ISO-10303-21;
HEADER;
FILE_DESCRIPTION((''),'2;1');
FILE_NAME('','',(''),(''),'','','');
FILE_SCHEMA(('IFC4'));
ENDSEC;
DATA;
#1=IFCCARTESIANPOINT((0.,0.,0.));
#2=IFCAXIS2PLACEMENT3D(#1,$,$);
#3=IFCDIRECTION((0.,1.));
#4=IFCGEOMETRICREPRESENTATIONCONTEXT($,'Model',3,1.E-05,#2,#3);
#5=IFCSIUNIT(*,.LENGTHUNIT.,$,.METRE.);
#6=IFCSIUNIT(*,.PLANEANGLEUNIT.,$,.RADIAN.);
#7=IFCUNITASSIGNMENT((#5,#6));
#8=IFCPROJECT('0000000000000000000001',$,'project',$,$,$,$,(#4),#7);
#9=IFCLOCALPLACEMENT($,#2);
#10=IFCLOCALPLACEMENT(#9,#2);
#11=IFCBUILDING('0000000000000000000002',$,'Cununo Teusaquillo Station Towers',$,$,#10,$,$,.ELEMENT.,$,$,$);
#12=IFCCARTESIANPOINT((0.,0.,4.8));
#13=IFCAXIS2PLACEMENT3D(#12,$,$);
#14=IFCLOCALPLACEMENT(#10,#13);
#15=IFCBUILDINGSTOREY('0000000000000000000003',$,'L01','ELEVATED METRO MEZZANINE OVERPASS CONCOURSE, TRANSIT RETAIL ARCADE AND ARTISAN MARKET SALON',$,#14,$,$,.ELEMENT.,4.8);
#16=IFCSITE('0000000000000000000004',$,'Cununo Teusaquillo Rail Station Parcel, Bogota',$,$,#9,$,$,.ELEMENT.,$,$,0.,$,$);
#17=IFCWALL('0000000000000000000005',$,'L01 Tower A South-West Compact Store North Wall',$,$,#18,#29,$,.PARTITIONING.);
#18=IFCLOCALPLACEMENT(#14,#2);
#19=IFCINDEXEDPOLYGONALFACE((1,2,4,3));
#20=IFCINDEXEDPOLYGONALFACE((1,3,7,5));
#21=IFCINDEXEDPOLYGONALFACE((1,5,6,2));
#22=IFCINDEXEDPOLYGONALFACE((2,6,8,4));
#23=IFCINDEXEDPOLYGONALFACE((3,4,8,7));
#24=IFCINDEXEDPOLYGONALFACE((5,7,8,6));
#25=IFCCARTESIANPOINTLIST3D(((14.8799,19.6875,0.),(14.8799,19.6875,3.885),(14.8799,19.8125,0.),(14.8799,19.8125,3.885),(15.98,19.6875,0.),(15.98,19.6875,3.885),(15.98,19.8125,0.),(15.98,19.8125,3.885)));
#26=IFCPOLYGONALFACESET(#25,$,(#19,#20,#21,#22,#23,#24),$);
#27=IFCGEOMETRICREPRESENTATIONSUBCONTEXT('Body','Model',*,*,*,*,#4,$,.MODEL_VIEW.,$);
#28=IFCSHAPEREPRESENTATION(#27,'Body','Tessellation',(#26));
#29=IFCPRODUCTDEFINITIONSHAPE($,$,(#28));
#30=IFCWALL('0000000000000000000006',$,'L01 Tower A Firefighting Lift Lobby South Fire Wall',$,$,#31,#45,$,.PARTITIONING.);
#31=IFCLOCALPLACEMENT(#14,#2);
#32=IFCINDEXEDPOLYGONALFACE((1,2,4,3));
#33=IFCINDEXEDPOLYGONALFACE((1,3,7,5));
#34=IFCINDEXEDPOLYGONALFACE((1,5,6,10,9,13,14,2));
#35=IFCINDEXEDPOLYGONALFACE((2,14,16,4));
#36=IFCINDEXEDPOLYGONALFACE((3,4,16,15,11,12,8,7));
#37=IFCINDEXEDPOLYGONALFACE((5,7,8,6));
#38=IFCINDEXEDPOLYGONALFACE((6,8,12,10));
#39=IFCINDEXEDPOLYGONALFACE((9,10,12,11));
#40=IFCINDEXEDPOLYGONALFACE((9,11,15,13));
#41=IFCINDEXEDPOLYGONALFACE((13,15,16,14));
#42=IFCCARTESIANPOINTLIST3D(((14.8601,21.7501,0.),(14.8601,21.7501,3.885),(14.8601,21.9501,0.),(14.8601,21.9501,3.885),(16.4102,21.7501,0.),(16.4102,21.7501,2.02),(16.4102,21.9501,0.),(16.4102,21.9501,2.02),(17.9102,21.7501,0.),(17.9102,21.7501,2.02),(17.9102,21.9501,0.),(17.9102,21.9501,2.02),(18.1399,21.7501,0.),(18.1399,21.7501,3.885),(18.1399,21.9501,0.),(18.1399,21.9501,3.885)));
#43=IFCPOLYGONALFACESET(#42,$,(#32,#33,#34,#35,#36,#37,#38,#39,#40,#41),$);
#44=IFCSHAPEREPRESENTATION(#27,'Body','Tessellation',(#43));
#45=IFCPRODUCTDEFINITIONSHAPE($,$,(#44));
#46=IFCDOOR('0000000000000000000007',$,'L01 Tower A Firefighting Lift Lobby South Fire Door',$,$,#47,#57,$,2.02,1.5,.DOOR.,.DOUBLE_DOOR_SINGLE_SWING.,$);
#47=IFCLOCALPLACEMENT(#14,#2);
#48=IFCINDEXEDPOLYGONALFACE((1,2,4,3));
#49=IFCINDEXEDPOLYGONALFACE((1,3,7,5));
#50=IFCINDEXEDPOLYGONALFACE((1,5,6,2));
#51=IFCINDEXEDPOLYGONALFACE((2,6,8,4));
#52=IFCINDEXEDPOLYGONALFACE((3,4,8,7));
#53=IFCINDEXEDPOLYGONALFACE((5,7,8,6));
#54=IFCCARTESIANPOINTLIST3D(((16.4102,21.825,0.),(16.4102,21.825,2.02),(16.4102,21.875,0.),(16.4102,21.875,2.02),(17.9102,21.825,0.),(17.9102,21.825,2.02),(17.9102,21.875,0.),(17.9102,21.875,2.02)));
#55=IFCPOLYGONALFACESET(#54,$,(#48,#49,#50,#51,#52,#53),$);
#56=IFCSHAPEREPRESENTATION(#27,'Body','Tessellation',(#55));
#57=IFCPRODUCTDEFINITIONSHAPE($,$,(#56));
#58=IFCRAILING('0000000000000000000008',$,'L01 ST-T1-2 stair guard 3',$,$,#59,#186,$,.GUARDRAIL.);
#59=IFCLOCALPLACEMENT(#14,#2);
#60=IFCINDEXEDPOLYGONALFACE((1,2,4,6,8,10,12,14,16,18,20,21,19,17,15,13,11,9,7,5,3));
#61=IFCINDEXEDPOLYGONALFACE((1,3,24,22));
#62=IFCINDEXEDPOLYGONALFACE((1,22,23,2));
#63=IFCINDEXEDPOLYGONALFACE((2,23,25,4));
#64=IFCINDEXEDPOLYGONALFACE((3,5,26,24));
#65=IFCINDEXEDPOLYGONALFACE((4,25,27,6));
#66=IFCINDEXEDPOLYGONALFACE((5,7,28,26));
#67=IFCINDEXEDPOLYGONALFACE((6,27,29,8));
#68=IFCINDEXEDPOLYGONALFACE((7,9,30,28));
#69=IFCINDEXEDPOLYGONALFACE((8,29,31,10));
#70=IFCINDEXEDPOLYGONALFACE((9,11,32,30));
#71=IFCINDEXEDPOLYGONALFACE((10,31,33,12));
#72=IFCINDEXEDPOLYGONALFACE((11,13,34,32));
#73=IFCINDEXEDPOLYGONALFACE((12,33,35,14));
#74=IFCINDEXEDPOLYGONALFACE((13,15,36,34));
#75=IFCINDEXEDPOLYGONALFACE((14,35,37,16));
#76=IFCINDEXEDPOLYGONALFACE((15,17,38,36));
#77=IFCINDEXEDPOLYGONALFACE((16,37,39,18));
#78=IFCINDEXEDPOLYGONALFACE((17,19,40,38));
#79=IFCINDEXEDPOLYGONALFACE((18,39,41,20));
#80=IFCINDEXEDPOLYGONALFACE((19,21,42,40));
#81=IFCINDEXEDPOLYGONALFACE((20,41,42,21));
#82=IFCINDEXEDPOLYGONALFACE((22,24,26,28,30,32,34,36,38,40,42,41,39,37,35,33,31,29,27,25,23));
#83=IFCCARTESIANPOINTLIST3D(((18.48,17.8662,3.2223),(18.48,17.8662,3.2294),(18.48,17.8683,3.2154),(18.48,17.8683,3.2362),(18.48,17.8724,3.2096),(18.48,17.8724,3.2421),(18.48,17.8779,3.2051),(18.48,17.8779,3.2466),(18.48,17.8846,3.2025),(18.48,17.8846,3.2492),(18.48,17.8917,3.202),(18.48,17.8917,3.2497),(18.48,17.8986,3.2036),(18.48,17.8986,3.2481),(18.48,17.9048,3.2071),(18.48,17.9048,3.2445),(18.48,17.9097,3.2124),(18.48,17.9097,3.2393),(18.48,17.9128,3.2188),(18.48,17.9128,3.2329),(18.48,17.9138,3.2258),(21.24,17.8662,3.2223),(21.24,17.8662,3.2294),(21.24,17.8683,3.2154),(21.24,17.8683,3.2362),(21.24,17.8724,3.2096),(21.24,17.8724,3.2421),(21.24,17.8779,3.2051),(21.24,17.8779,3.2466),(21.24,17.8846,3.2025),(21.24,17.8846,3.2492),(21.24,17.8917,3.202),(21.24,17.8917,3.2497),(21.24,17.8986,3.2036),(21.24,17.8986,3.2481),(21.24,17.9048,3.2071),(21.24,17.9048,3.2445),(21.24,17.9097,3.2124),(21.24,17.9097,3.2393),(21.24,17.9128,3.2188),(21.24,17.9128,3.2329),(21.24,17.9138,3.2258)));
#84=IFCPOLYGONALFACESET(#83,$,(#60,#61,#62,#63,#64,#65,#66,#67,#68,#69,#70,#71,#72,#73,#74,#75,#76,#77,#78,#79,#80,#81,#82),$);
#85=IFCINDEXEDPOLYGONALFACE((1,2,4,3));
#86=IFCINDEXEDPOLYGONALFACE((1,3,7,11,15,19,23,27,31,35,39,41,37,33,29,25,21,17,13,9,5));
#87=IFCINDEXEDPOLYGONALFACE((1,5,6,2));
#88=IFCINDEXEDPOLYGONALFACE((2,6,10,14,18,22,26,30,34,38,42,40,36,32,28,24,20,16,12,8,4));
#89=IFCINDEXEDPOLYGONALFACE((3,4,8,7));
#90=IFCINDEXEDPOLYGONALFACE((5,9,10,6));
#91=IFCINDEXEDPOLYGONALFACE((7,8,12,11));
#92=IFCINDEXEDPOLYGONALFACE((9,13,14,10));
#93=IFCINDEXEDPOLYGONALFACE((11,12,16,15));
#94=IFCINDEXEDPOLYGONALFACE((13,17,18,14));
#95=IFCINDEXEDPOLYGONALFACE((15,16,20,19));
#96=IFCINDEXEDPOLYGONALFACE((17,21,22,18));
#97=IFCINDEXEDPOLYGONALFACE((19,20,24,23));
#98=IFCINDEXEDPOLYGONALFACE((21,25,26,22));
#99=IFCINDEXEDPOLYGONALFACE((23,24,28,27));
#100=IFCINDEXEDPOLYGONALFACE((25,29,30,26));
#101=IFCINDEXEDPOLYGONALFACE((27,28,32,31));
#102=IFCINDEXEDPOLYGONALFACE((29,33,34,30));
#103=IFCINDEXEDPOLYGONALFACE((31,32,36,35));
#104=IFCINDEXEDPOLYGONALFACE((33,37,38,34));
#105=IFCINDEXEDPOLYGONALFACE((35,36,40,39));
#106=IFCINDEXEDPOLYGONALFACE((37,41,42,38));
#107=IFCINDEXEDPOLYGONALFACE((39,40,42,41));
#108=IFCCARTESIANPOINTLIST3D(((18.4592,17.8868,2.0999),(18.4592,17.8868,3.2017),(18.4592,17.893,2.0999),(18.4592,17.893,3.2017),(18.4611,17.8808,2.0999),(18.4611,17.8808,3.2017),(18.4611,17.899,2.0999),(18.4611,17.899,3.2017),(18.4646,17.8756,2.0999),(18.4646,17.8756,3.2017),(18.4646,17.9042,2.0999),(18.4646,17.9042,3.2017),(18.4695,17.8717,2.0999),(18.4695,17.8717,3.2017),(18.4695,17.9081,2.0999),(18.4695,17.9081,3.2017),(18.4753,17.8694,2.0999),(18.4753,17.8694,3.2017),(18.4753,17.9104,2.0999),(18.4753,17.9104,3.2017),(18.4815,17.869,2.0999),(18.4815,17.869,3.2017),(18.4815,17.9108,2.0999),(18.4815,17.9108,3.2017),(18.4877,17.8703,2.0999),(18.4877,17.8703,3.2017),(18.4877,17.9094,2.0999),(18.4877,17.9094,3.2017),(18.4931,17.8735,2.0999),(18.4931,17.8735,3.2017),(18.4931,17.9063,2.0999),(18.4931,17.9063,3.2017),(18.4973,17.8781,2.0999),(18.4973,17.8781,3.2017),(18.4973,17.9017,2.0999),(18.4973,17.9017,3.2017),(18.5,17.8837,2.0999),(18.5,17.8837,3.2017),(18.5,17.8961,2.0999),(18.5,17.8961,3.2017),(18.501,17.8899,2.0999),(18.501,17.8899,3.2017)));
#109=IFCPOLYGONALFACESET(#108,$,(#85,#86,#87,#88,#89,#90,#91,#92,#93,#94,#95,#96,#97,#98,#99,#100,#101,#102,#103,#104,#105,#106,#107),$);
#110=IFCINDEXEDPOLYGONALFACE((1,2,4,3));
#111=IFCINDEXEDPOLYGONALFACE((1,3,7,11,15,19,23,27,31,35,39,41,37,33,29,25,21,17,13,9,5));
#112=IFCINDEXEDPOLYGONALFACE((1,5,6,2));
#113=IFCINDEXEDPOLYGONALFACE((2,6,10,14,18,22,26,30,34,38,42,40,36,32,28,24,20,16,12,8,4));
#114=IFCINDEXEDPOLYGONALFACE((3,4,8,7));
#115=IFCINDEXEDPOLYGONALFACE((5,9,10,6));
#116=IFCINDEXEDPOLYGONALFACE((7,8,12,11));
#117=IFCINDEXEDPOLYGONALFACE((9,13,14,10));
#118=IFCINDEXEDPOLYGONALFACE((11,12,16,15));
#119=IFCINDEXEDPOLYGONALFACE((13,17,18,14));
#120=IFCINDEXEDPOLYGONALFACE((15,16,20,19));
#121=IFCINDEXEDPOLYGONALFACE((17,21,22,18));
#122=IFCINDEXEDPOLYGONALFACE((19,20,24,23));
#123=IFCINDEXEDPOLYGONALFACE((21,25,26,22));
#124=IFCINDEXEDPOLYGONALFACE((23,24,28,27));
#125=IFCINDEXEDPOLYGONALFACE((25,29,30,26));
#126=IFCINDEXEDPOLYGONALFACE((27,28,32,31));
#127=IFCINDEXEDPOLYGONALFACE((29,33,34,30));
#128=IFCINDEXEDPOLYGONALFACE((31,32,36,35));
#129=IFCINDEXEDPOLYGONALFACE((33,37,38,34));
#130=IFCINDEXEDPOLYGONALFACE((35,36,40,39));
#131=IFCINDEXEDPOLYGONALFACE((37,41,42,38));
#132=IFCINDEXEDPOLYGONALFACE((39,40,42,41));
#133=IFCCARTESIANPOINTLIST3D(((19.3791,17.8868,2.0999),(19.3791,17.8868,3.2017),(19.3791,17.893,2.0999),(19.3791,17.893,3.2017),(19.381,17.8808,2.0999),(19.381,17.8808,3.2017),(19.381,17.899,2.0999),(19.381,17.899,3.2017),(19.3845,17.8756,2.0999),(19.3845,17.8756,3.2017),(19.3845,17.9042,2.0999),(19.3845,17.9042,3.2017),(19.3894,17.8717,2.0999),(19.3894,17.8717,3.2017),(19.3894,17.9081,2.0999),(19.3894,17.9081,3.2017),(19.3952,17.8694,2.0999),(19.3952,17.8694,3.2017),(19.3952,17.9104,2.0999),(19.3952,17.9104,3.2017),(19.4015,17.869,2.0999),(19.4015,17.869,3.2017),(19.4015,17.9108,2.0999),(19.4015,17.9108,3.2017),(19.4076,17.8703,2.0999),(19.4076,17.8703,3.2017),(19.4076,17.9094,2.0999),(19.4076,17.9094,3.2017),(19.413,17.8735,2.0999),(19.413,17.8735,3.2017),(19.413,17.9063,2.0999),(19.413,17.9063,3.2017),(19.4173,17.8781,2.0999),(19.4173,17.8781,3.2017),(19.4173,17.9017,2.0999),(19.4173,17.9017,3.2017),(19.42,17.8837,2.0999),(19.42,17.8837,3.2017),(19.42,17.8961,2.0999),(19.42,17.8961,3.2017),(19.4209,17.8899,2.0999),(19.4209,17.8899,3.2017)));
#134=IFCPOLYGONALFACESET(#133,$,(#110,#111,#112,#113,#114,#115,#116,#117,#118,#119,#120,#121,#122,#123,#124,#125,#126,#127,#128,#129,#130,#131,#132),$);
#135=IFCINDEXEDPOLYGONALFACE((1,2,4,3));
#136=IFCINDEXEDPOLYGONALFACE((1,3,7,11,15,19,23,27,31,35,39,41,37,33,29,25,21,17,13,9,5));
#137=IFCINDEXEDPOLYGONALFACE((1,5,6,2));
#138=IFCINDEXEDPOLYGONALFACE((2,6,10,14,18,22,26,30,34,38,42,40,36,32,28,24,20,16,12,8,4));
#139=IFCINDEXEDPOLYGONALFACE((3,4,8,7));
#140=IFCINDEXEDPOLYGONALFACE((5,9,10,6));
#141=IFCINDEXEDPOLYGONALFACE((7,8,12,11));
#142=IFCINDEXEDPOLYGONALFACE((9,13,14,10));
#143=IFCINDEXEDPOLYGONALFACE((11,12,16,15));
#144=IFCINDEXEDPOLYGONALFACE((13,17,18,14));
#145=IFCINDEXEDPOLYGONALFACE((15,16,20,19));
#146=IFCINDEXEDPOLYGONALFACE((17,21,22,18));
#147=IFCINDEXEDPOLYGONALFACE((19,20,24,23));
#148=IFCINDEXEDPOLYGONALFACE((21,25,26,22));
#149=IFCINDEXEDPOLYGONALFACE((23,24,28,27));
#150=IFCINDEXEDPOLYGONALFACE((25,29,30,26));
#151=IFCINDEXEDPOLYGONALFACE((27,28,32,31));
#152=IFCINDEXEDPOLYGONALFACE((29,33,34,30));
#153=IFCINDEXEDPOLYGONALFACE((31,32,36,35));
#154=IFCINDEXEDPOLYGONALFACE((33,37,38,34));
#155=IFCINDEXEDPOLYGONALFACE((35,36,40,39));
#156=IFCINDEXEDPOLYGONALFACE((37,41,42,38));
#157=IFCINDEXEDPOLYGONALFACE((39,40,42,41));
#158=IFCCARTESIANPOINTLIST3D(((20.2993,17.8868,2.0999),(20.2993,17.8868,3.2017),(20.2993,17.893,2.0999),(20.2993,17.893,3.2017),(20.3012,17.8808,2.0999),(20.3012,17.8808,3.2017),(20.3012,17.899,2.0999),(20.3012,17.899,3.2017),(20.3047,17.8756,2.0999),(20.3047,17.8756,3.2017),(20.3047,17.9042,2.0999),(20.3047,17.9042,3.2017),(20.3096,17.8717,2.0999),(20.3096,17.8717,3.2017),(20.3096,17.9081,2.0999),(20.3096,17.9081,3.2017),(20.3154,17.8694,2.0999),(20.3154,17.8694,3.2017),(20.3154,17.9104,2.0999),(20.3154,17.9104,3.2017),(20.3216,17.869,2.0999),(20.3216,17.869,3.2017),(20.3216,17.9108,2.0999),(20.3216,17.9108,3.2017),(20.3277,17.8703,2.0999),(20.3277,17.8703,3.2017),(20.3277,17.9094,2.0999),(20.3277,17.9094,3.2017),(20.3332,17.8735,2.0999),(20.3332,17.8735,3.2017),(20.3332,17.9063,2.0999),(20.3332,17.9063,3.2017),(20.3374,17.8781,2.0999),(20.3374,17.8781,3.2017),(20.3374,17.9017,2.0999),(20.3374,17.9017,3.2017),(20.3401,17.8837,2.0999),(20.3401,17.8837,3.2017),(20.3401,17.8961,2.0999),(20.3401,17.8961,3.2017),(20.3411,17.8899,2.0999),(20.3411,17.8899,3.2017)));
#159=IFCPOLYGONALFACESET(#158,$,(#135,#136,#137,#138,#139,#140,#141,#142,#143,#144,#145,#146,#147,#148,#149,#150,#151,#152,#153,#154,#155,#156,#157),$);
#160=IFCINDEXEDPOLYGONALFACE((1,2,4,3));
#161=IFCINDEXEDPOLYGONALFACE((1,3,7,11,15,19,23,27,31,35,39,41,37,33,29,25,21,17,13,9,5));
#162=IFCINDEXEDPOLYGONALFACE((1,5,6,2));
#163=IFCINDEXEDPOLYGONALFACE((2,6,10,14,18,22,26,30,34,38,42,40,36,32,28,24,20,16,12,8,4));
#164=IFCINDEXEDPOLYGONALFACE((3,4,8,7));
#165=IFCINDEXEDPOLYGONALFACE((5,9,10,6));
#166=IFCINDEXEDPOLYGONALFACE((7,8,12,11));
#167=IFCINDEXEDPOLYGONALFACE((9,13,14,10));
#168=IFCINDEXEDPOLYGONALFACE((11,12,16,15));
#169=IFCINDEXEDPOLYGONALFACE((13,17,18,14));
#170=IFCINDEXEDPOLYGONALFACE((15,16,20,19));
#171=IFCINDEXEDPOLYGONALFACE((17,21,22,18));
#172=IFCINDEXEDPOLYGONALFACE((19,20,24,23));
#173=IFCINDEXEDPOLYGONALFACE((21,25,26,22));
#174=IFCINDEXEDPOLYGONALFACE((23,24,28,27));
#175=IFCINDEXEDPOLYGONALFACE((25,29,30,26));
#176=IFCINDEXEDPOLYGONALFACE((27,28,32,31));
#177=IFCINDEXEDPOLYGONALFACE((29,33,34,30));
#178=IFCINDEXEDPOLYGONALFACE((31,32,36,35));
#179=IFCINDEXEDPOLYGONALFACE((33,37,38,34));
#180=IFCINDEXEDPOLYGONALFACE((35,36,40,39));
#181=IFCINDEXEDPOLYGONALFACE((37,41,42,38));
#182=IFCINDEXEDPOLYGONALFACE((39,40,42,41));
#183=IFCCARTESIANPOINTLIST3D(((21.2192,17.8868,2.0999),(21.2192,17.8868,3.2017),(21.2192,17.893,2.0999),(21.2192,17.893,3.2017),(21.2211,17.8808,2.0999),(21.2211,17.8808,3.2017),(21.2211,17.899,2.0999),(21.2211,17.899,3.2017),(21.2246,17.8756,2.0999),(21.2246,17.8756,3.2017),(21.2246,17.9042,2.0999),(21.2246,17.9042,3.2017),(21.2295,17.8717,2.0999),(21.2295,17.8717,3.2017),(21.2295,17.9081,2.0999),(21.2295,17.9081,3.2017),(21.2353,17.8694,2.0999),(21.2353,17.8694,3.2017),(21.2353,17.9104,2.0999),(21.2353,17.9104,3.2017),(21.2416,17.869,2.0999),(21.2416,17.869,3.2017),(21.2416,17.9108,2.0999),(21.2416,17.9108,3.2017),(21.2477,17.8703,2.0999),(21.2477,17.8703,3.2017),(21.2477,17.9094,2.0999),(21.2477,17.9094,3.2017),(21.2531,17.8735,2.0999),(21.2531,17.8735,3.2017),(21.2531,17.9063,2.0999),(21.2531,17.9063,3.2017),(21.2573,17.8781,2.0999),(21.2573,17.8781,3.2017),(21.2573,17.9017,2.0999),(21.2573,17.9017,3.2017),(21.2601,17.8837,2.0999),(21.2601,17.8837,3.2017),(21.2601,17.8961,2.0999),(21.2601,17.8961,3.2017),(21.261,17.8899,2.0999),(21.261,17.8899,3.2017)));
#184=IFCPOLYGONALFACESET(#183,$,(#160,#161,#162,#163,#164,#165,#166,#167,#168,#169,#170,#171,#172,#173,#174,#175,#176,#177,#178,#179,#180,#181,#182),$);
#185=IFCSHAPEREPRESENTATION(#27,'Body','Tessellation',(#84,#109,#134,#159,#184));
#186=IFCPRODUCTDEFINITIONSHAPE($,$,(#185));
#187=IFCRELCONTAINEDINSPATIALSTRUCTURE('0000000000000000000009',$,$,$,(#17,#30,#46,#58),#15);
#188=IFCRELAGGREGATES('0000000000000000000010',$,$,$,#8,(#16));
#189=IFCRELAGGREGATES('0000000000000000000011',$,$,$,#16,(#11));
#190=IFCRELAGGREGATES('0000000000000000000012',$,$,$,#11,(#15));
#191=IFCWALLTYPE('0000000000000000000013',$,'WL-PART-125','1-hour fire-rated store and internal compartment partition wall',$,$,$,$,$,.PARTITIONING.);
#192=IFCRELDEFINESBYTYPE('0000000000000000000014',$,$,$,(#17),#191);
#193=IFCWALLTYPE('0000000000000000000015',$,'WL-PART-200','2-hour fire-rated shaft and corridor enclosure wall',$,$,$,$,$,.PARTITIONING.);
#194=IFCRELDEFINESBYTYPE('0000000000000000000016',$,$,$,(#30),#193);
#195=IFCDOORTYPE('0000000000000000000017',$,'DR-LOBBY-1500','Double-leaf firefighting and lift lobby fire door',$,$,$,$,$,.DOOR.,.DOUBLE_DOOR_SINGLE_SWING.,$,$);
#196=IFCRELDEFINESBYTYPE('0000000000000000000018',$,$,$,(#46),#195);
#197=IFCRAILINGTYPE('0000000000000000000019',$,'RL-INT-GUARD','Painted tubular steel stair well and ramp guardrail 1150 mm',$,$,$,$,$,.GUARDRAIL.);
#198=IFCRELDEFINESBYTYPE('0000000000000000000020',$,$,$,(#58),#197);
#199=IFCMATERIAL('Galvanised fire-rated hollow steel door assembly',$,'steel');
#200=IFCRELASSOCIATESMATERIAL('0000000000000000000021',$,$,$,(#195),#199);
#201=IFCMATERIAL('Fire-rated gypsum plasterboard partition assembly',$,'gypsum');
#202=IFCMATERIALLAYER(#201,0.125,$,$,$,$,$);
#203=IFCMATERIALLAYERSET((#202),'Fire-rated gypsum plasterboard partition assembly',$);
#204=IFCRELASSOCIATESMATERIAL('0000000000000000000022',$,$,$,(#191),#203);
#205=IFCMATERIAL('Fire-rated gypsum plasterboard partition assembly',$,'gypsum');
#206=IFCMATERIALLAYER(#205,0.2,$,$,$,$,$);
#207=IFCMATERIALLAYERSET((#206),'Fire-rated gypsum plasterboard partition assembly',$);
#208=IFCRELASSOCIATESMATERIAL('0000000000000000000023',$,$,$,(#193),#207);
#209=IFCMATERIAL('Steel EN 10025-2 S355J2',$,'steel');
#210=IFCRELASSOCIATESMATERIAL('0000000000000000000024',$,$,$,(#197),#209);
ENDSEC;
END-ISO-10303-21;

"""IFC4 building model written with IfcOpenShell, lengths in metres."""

from ifc_helpers import new_model, si_unit, direction, frame, frame_2d, origin, origin_2d, place, context, subcontext, project, spatial, rectangle, circle, extrude, source, transform, mapped, material, layer, layer_set, type_object, element, fill, save


model = new_model("IFC4")

# Units and contexts
model_context = context("Model", 3, precision=1e-05, world=origin(), true_north=direction((0.0, 1.0)))
body_context = subcontext(model_context, "Body", "Model", "MODEL_VIEW")
ifc_project = project(units=[si_unit("LENGTHUNIT", "METRE"), si_unit("PLANEANGLEUNIT", "RADIAN")], contexts=[model_context])

# Site, building, storey
site_placement = place(None, origin())
site = spatial("IfcSite", under=ifc_project, at=site_placement, Name="Cununo Teusaquillo Rail Station Parcel, Bogota", CompositionType="ELEMENT", RefElevation=0.0)
building_placement = place(site_placement, origin())
building = spatial("IfcBuilding", under=site, at=building_placement, Name="Cununo Teusaquillo Station Towers", CompositionType="ELEMENT")
storey_placement = place(building_placement, frame((0.0, 0.0, 4.8)))
storey = spatial("IfcBuildingStorey", under=building, at=storey_placement, Name="L01", Description="ELEVATED METRO MEZZANINE OVERPASS CONCOURSE, TRANSIT RETAIL ARCADE AND ARTISAN MARKET SALON", CompositionType="ELEMENT", Elevation=4.8)

# Shared definitions
ifc_material_1 = material(Name="Galvanised fire-rated hollow steel door assembly", Category="steel")
door_type_1 = type_object("IfcDoorType", Name="DR-LOBBY-1500", Description="Double-leaf firefighting and lift lobby fire door", OperationType="DOUBLE_DOOR_SINGLE_SWING", PredefinedType="DOOR", material=ifc_material_1)
shared_shape_1 = source(origin(), body_context, "Body", "SweptSolid", [
    extrude(rectangle(XDim=1.5, YDim=2.02, at=frame_2d((0.75, 1.01))), frame((0.0, 0.0249, 0.0), z_axis=(0.0, -1.0, 0.0), x_axis=(1.0, 0.0, 0.0)), (0.0, 0.0, 1.0), 0.05),
])
ifc_material_2 = material(Name="Fire-rated gypsum plasterboard partition assembly", Category="gypsum")
ifc_layer_1 = layer(ifc_material_2, 0.125)
ifc_layer_set_1 = layer_set([ifc_layer_1], Name="Fire-rated gypsum plasterboard partition assembly")
wall_type_1 = type_object("IfcWallType", Name="WL-PART-125", Description="1-hour fire-rated store and internal compartment partition wall", PredefinedType="PARTITIONING", material=ifc_layer_set_1)

# Wall
wall_1_placement = place(storey_placement, frame((14.8799, 19.75, 0.0), z_axis=(0.0, 0.0, 1.0), x_axis=(1.0, 0.0, 0.0)))
element("IfcWall", 1, at=wall_1_placement, inside=storey, type_object=wall_type_1, Name="L01 Tower A South-West Compact Store North Wall", PredefinedType="PARTITIONING", context=body_context, shape_type="SweptSolid", body=[
    extrude(rectangle(XDim=1.1001, YDim=0.125, at=frame_2d((0.55, 0.0))), origin(), (0.0, 0.0, 1.0), 3.885),
])

# Wall, opening, door
ifc_material_3 = material(Name="Fire-rated gypsum plasterboard partition assembly", Category="gypsum")
ifc_layer_2 = layer(ifc_material_3, 0.2)
ifc_layer_set_2 = layer_set([ifc_layer_2], Name="Fire-rated gypsum plasterboard partition assembly")
wall_type_2 = type_object("IfcWallType", Name="WL-PART-200", Description="2-hour fire-rated shaft and corridor enclosure wall", PredefinedType="PARTITIONING", material=ifc_layer_set_2)
wall_2_placement = place(storey_placement, frame((14.8601, 21.8501, 0.0), z_axis=(0.0, 0.0, 1.0), x_axis=(1.0, 0.0, 0.0)))
wall_2 = element("IfcWall", 2, at=wall_2_placement, inside=storey, type_object=wall_type_2, Name="L01 Tower A Firefighting Lift Lobby South Fire Wall", PredefinedType="PARTITIONING", context=body_context, shape_type="SweptSolid", body=[
    extrude(rectangle(XDim=3.2798, YDim=0.2, at=frame_2d((1.6399, 0.0))), origin(), (0.0, 0.0, 1.0), 3.885),
])
shared_shape_2 = source(origin(), body_context, "Body", "SweptSolid", [
    extrude(rectangle(XDim=1.5, YDim=2.02, at=frame_2d((0.75, 1.01))), frame((0.0, 0.1099, 0.0), z_axis=(0.0, -1.0, 0.0), x_axis=(1.0, 0.0, 0.0)), (0.0, 0.0, 1.0), 0.22),
])
opening_1_placement = place(wall_2_placement, frame((1.55, 0.0, 0.0)))
opening_1 = element("IfcOpeningElement", 3, at=opening_1_placement, cuts=wall_2, PredefinedType="OPENING", context=body_context, shape_type="MappedRepresentation", body=[
    mapped(shared_shape_2, transform((0.0, 0.0, 0.0), x_axis=(1.0, 0.0, 0.0), y_axis=(0.0, 1.0, 0.0), z_axis=(0.0, 0.0, 1.0), scale=1.0)),
])
door_1_placement = place(opening_1_placement, origin())
door_1 = element("IfcDoor", 4, at=door_1_placement, inside=storey, type_object=door_type_1, Name="L01 Tower A Firefighting Lift Lobby South Fire Door", OperationType="DOUBLE_DOOR_SINGLE_SWING", OverallHeight=2.02, OverallWidth=1.5, PredefinedType="DOOR", context=body_context, shape_type="MappedRepresentation", body=[
    mapped(shared_shape_1, transform((0.0, 0.0, 0.0), x_axis=(1.0, 0.0, 0.0), y_axis=(0.0, 1.0, 0.0), z_axis=(0.0, 0.0, 1.0), scale=1.0)),
])
fill(opening_1, door_1)

# Railing
ifc_material_4 = material(Name="Steel EN 10025-2 S355J2", Category="steel")
railing_type_1 = type_object("IfcRailingType", Name="RL-INT-GUARD", Description="Painted tubular steel stair well and ramp guardrail 1150 mm", PredefinedType="GUARDRAIL", material=ifc_material_4)
railing_1_placement = place(storey_placement, frame((18.48, 17.8899, 2.0999)))
element("IfcRailing", 5, at=railing_1_placement, inside=storey, type_object=railing_type_1, Name="L01 ST-T1-2 stair guard 3", PredefinedType="GUARDRAIL", context=body_context, shape_type="SweptSolid", body=[
    extrude(circle(Radius=0.0239, at=origin_2d()), frame((0.0, 0.0, 1.126), z_axis=(1.0, 0.0, 0.0), x_axis=(0.0, 1.0, 0.0)), (0.0, 0.0, 1.0), 2.76),
    extrude(circle(Radius=0.021, at=origin_2d()), origin(), (0.0, 0.0, 1.0), 1.1018),
    extrude(circle(Radius=0.021, at=origin_2d()), frame((0.9199, 0.0, 0.0)), (0.0, 0.0, 1.0), 1.1018),
    extrude(circle(Radius=0.021, at=origin_2d()), frame((1.8401, 0.0, 0.0)), (0.0, 0.0, 1.0), 1.1018),
    extrude(circle(Radius=0.021, at=origin_2d()), frame((2.76, 0.0, 0.0)), (0.0, 0.0, 1.0), 1.1018),
])

save(model, "model.ifc")
